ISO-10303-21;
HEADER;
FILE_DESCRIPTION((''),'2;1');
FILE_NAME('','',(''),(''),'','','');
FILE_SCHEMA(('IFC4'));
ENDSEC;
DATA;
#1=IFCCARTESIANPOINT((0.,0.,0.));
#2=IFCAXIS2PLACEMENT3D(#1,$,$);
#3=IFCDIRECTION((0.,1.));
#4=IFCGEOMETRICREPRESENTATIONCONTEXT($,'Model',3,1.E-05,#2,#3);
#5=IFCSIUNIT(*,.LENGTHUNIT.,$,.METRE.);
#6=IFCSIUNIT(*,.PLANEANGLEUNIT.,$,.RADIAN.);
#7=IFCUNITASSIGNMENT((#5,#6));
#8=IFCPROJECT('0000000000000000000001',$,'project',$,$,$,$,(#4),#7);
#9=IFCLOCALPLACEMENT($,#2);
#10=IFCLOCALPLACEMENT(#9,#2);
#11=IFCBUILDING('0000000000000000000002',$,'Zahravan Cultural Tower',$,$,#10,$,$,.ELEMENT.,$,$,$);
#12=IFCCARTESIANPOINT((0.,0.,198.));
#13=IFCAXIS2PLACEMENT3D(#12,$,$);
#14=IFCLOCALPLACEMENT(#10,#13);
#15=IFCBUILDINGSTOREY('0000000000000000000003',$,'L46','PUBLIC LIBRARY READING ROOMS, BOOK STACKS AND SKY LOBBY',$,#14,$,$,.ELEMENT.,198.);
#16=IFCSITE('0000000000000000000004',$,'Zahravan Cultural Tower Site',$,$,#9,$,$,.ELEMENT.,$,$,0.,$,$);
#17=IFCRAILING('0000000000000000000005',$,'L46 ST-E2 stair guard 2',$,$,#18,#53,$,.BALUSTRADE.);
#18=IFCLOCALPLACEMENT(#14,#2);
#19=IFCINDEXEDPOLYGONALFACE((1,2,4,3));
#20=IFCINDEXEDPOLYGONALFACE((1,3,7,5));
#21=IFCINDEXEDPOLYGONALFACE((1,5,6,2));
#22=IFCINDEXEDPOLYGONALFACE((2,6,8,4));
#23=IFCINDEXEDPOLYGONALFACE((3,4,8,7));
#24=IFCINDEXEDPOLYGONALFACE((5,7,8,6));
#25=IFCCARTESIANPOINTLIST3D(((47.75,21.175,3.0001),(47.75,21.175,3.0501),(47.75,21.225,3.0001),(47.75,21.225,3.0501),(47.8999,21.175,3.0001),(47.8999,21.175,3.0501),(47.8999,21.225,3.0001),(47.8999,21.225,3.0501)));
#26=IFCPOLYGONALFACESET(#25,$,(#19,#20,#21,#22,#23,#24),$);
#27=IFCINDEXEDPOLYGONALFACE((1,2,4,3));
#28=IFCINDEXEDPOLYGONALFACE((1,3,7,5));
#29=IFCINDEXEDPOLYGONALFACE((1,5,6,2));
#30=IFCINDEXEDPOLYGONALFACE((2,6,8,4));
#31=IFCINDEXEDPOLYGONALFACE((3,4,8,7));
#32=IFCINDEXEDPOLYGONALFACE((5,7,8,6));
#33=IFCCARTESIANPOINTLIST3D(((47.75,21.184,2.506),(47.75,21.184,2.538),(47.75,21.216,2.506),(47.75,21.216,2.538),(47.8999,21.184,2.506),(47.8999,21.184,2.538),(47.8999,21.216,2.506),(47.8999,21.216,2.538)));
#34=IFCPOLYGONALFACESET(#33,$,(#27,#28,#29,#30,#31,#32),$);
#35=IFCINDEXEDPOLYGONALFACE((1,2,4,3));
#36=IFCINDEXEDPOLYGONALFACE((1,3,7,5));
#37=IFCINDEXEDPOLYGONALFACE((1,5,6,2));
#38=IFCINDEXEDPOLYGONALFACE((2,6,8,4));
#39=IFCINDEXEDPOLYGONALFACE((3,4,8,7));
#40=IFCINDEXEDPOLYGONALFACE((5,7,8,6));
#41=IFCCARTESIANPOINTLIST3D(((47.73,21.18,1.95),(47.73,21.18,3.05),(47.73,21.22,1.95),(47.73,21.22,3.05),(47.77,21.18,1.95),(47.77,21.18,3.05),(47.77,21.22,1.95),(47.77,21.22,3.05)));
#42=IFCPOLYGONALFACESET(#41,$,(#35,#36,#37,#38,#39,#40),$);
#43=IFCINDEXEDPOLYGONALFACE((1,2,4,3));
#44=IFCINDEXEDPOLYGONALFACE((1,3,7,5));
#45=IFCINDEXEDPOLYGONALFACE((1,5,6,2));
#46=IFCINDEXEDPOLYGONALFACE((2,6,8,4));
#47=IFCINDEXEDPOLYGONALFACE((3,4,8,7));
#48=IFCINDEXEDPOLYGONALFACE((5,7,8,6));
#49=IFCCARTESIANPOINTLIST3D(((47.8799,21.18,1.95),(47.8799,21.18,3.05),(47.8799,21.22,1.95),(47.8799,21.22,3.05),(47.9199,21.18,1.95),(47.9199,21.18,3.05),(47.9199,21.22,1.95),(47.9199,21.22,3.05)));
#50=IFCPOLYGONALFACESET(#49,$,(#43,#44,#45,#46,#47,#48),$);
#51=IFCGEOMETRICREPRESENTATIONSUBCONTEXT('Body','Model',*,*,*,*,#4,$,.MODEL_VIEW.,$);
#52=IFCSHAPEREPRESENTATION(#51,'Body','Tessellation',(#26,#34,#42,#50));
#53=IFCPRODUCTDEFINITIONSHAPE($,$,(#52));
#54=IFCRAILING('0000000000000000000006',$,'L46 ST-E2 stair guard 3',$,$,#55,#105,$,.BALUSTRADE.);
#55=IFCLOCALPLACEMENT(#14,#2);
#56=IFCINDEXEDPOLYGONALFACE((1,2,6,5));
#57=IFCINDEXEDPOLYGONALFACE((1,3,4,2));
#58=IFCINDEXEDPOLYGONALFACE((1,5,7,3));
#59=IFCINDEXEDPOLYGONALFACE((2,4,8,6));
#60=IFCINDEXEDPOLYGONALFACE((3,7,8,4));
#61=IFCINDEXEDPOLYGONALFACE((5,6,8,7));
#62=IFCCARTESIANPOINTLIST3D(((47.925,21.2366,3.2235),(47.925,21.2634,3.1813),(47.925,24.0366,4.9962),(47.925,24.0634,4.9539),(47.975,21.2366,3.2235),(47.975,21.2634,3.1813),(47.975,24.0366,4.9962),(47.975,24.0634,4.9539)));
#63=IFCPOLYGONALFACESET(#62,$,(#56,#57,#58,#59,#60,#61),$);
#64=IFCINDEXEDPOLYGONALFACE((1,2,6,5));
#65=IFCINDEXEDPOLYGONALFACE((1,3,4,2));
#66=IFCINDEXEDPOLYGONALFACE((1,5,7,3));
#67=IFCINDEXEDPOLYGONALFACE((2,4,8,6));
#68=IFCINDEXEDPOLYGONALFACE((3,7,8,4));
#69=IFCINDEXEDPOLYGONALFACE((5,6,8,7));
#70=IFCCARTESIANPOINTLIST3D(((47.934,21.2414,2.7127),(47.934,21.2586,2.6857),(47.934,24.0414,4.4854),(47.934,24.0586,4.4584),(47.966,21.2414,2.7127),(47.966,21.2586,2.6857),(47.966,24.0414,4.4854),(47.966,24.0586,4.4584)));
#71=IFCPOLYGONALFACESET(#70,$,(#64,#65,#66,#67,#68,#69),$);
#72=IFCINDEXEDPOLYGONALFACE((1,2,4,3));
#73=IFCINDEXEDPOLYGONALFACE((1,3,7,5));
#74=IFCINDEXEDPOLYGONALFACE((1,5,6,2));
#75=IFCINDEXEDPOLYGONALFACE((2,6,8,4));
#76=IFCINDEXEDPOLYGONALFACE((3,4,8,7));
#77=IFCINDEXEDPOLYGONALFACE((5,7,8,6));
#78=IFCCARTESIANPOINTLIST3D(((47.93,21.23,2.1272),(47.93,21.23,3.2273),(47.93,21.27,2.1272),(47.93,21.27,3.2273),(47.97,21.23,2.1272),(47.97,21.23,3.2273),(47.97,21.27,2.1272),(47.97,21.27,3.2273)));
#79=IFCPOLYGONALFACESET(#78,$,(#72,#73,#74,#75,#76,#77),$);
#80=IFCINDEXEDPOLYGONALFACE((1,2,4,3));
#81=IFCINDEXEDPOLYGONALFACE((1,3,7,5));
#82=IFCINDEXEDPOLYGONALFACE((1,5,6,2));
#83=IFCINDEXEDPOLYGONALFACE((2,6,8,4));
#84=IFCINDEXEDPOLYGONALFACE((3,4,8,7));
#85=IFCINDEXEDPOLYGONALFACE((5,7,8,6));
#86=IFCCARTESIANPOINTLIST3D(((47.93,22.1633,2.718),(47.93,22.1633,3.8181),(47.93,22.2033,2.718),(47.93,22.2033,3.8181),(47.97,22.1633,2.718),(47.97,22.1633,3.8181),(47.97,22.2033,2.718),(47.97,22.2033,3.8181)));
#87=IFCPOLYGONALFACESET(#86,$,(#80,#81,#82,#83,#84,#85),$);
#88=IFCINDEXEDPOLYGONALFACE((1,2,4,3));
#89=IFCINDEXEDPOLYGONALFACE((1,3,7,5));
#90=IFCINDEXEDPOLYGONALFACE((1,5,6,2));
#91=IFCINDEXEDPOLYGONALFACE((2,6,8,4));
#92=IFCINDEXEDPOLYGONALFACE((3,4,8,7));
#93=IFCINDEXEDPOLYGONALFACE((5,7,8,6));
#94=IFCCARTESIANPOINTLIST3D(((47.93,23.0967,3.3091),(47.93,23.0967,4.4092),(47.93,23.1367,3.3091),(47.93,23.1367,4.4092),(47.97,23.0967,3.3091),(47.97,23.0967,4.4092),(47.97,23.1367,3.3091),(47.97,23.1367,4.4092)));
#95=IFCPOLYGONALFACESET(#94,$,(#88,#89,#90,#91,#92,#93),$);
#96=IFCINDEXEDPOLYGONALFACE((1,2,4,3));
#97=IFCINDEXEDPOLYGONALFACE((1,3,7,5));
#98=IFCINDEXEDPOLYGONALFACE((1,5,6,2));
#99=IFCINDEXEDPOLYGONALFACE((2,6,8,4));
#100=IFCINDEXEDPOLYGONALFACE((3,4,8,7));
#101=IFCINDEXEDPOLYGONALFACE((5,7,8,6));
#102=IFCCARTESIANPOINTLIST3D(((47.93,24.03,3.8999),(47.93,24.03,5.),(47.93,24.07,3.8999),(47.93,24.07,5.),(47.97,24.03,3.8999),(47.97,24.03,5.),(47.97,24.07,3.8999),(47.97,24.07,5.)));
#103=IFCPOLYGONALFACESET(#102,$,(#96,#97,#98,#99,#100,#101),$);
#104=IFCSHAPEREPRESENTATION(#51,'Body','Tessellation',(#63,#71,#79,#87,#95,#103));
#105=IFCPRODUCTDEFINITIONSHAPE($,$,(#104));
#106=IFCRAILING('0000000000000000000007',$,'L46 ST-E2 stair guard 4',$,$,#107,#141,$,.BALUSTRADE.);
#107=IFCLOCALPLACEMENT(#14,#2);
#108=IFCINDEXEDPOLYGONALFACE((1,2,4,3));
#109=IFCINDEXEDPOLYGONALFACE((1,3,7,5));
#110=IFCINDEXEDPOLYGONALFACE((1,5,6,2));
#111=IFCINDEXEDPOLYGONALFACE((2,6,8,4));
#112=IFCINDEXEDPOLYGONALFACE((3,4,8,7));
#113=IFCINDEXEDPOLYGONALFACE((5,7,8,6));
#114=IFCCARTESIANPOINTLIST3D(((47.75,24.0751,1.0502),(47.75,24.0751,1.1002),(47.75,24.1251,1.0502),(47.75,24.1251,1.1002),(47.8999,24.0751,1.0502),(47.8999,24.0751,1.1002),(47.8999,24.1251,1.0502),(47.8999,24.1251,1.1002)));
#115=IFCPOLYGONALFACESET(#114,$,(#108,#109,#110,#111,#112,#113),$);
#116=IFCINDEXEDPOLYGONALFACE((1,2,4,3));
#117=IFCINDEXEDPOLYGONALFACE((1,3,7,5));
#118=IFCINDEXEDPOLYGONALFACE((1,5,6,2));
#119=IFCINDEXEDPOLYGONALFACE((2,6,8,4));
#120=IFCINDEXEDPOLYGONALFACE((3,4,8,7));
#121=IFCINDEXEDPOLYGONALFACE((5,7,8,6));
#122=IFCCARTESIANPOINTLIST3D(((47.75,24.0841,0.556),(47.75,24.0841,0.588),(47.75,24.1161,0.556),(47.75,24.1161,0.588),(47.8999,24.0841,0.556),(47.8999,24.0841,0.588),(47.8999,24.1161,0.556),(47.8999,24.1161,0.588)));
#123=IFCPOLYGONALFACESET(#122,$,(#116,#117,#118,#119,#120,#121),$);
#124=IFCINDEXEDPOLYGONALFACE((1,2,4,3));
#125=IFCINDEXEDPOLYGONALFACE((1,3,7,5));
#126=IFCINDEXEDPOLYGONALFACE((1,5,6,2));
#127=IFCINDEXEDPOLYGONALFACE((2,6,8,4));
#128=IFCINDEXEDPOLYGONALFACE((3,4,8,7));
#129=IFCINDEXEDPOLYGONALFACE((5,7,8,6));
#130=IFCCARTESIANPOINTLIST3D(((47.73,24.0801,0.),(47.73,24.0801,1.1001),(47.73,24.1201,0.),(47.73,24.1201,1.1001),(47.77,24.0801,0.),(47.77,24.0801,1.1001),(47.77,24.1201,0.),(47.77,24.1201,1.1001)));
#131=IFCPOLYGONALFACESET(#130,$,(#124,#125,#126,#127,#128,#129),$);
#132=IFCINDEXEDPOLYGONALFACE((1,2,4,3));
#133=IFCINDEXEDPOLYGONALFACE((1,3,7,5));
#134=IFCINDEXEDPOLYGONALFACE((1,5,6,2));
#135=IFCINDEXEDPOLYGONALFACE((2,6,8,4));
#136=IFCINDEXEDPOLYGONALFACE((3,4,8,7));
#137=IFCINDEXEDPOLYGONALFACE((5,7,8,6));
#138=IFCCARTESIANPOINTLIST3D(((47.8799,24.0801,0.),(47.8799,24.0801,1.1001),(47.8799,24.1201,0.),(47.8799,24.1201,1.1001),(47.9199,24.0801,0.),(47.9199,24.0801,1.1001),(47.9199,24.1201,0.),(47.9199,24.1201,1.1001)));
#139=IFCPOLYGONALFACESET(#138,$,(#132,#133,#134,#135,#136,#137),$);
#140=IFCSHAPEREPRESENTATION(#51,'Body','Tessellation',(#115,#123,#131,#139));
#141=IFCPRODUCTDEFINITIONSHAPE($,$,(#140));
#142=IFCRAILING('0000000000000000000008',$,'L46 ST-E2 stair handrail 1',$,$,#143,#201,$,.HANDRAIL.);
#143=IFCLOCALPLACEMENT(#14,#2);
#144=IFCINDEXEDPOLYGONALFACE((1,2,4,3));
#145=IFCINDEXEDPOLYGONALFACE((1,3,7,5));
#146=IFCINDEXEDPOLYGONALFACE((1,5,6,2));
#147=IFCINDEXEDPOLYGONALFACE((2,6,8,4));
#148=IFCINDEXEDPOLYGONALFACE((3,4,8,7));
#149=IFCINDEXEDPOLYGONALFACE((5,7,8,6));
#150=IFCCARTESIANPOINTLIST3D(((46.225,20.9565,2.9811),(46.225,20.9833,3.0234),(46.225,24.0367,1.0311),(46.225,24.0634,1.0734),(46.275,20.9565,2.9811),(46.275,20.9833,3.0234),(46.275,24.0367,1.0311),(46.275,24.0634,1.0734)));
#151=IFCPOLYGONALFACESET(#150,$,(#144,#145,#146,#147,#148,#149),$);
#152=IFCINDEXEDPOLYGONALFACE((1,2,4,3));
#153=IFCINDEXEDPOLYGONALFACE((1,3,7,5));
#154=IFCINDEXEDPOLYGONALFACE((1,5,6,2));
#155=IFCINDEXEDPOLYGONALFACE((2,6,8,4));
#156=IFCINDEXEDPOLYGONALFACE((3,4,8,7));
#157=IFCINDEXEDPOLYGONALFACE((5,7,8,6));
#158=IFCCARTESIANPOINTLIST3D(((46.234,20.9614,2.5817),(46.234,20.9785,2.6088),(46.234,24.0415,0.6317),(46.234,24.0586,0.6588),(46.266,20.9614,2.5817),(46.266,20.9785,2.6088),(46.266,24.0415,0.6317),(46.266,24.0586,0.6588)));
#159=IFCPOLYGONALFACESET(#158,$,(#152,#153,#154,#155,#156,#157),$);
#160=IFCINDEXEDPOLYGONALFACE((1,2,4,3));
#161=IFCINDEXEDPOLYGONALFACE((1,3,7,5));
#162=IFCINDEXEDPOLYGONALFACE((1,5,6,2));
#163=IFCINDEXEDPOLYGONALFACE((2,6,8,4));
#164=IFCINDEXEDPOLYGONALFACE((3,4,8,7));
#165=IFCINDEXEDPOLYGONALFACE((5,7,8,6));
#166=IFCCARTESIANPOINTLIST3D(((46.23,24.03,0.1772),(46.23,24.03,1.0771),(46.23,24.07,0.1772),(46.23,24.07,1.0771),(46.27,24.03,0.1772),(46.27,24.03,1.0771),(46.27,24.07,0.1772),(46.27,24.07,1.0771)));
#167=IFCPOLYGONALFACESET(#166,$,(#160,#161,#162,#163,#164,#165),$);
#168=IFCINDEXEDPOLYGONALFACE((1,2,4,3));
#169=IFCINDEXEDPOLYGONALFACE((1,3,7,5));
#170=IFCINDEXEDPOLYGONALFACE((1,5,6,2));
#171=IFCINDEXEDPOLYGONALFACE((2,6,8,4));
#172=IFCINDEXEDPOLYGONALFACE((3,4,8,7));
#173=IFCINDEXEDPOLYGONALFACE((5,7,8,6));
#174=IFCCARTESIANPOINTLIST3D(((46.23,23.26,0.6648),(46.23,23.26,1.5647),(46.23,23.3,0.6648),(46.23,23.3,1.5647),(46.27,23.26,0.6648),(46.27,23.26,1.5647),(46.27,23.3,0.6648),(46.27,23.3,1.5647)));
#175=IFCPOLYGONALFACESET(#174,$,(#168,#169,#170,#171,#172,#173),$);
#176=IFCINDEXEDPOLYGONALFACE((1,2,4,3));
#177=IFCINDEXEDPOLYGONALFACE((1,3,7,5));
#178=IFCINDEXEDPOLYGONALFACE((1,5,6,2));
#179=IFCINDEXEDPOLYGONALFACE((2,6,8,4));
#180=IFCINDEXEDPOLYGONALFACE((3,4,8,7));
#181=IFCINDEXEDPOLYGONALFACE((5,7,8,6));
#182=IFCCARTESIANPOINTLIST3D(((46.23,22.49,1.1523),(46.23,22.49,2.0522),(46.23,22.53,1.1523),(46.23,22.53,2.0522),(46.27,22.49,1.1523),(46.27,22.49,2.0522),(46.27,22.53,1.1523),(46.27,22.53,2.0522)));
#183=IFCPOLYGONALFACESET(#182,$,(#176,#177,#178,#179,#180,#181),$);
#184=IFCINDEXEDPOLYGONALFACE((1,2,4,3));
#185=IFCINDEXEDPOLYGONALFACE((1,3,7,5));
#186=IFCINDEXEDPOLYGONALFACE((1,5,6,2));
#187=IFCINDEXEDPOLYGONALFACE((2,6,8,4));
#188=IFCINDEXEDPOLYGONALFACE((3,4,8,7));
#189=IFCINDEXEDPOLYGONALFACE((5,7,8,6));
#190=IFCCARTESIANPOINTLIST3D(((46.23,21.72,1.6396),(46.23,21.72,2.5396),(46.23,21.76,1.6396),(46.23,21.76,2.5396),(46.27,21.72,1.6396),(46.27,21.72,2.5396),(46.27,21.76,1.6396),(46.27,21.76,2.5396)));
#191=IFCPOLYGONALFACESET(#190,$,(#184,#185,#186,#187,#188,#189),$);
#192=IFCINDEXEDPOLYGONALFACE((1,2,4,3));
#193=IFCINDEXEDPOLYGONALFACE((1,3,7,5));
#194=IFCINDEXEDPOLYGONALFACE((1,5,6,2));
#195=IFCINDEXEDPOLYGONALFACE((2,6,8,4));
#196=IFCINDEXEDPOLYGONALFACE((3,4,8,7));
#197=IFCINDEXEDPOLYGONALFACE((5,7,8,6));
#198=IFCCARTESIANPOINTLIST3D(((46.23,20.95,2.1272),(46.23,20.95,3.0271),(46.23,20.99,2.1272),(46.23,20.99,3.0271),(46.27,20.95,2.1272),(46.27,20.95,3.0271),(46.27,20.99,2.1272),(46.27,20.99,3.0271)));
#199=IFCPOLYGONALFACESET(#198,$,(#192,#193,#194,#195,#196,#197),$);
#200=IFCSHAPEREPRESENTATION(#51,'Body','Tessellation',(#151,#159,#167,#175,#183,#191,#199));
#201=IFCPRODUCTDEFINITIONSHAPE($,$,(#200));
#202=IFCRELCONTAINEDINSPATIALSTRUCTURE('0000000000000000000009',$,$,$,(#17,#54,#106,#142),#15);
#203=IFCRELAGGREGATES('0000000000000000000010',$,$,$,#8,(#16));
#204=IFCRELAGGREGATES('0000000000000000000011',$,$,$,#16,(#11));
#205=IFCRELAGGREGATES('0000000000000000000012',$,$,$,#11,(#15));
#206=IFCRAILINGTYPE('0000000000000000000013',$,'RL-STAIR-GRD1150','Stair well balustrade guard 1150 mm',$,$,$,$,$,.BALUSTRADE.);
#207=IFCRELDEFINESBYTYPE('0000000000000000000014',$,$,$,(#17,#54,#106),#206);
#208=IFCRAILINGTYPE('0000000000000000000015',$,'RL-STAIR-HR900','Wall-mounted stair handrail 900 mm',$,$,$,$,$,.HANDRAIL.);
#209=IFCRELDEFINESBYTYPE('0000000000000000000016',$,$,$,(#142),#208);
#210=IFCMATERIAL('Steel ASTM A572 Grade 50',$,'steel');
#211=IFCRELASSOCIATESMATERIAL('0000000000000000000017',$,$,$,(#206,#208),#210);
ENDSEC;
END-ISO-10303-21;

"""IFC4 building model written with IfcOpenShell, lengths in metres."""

from ifc_helpers import new_model, si_unit, direction, frame, origin, origin_2d, place, context, subcontext, project, spatial, rectangle, extrude, material, type_object, element, save


model = new_model("IFC4")

# Units and contexts
model_context = context("Model", 3, precision=1e-05, world=origin(), true_north=direction((0.0, 1.0)))
body_context = subcontext(model_context, "Body", "Model", "MODEL_VIEW")
ifc_project = project(units=[si_unit("LENGTHUNIT", "METRE"), si_unit("PLANEANGLEUNIT", "RADIAN")], contexts=[model_context])

# Site, building, storey
site_placement = place(None, origin())
site = spatial("IfcSite", under=ifc_project, at=site_placement, Name="Zahravan Cultural Tower Site", CompositionType="ELEMENT", RefElevation=0.0)
building_placement = place(site_placement, origin())
building = spatial("IfcBuilding", under=site, at=building_placement, Name="Zahravan Cultural Tower", CompositionType="ELEMENT")
storey_placement = place(building_placement, frame((0.0, 0.0, 198.0)))
storey = spatial("IfcBuildingStorey", under=building, at=storey_placement, Name="L46", Description="PUBLIC LIBRARY READING ROOMS, BOOK STACKS AND SKY LOBBY", CompositionType="ELEMENT", Elevation=198.0)

# Shared definitions
ifc_material_1 = material(Name="Steel ASTM A572 Grade 50", Category="steel")

# Railings
railing_type_1 = type_object("IfcRailingType", Name="RL-STAIR-GRD1150", Description="Stair well balustrade guard 1150 mm", PredefinedType="BALUSTRADE", material=ifc_material_1)
railing_1_placement = place(storey_placement, frame((47.75, 21.2, 1.95)))
element("IfcRailing", 1, at=railing_1_placement, inside=storey, type_object=railing_type_1, Name="L46 ST-E2 stair guard 2", PredefinedType="BALUSTRADE", context=body_context, shape_type="SweptSolid", body=[
    extrude(rectangle(XDim=0.05, YDim=0.05, at=origin_2d()), frame((0.0, 0.0, 1.0752), z_axis=(1.0, 0.0, 0.0), x_axis=(0.0, 1.0, 0.0)), (0.0, 0.0, 1.0), 0.1499),
    extrude(rectangle(XDim=0.032, YDim=0.032, at=origin_2d()), frame((0.0, 0.0, 0.572), z_axis=(1.0, 0.0, 0.0), x_axis=(0.0, 1.0, 0.0)), (0.0, 0.0, 1.0), 0.1499),
    extrude(rectangle(XDim=0.04, YDim=0.04, at=origin_2d()), origin(), (0.0, 0.0, 1.0), 1.1001),
    extrude(rectangle(XDim=0.04, YDim=0.04, at=origin_2d()), frame((0.1499, 0.0, 0.0)), (0.0, 0.0, 1.0), 1.1001),
])
railing_2_placement = place(storey_placement, frame((47.95, 21.25, 2.1272)))
element("IfcRailing", 2, at=railing_2_placement, inside=storey, type_object=railing_type_1, Name="L46 ST-E2 stair guard 3", PredefinedType="BALUSTRADE", context=body_context, shape_type="SweptSolid", body=[
    extrude(rectangle(XDim=0.05, YDim=0.05, at=origin_2d()), frame((0.0, 0.0, 1.0752), z_axis=(0.0, 0.844909, 0.53491), x_axis=(-1.0, 0.0, 0.0)), (0.0, 0.0, 1.0), 3.314),
    extrude(rectangle(XDim=0.032, YDim=0.032, at=origin_2d()), frame((0.0, 0.0, 0.572), z_axis=(0.0, 0.844909, 0.53491), x_axis=(-1.0, 0.0, 0.0)), (0.0, 0.0, 1.0), 3.314),
    extrude(rectangle(XDim=0.04, YDim=0.04, at=origin_2d()), origin(), (0.0, 0.0, 1.0), 1.1001),
    extrude(rectangle(XDim=0.04, YDim=0.04, at=origin_2d()), frame((0.0, 0.9333, 0.5908)), (0.0, 0.0, 1.0), 1.1001),
    extrude(rectangle(XDim=0.04, YDim=0.04, at=origin_2d()), frame((0.0, 1.8667, 1.1819)), (0.0, 0.0, 1.0), 1.1001),
    extrude(rectangle(XDim=0.04, YDim=0.04, at=origin_2d()), frame((0.0, 2.8, 1.7727)), (0.0, 0.0, 1.0), 1.1001),
])
railing_3_placement = place(storey_placement, frame((47.75, 24.1001, 0.0)))
element("IfcRailing", 3, at=railing_3_placement, inside=storey, type_object=railing_type_1, Name="L46 ST-E2 stair guard 4", PredefinedType="BALUSTRADE", context=body_context, shape_type="SweptSolid", body=[
    extrude(rectangle(XDim=0.05, YDim=0.05, at=origin_2d()), frame((0.0, 0.0, 1.0752), z_axis=(1.0, 0.0, 0.0), x_axis=(0.0, 1.0, 0.0)), (0.0, 0.0, 1.0), 0.1499),
    extrude(rectangle(XDim=0.032, YDim=0.032, at=origin_2d()), frame((0.0, 0.0, 0.572), z_axis=(1.0, 0.0, 0.0), x_axis=(0.0, 1.0, 0.0)), (0.0, 0.0, 1.0), 0.1499),
    extrude(rectangle(XDim=0.04, YDim=0.04, at=origin_2d()), origin(), (0.0, 0.0, 1.0), 1.1001),
    extrude(rectangle(XDim=0.04, YDim=0.04, at=origin_2d()), frame((0.1499, 0.0, 0.0)), (0.0, 0.0, 1.0), 1.1001),
])
railing_type_2 = type_object("IfcRailingType", Name="RL-STAIR-HR900", Description="Wall-mounted stair handrail 900 mm", PredefinedType="HANDRAIL", material=ifc_material_1)
railing_4_placement = place(storey_placement, frame((46.25, 24.05, 0.1772)))
element("IfcRailing", 4, at=railing_4_placement, inside=storey, type_object=railing_type_2, Name="L46 ST-E2 stair handrail 1", PredefinedType="HANDRAIL", context=body_context, shape_type="SweptSolid", body=[
    extrude(rectangle(XDim=0.05, YDim=0.05, at=origin_2d()), frame((0.0, 0.0, 0.875), z_axis=(0.0, -0.844914, 0.534902), x_axis=(1.0, 0.0, 0.0)), (0.0, 0.0, 1.0), 3.6455),
    extrude(rectangle(XDim=0.032, YDim=0.032, at=origin_2d()), frame((0.0, 0.0, 0.468), z_axis=(0.0, -0.844914, 0.534902), x_axis=(1.0, 0.0, 0.0)), (0.0, 0.0, 1.0), 3.6455),
    extrude(rectangle(XDim=0.04, YDim=0.04, at=origin_2d()), origin(), (0.0, 0.0, 1.0), 0.8999),
    extrude(rectangle(XDim=0.04, YDim=0.04, at=origin_2d()), frame((0.0, -0.77, 0.4875)), (0.0, 0.0, 1.0), 0.8999),
    extrude(rectangle(XDim=0.04, YDim=0.04, at=origin_2d()), frame((0.0, -1.54, 0.9751)), (0.0, 0.0, 1.0), 0.8999),
    extrude(rectangle(XDim=0.04, YDim=0.04, at=origin_2d()), frame((0.0, -2.3101, 1.4624)), (0.0, 0.0, 1.0), 0.8999),
    extrude(rectangle(XDim=0.04, YDim=0.04, at=origin_2d()), frame((0.0, -3.0801, 1.95)), (0.0, 0.0, 1.0), 0.8999),
])

save(model, "model.ifc")
